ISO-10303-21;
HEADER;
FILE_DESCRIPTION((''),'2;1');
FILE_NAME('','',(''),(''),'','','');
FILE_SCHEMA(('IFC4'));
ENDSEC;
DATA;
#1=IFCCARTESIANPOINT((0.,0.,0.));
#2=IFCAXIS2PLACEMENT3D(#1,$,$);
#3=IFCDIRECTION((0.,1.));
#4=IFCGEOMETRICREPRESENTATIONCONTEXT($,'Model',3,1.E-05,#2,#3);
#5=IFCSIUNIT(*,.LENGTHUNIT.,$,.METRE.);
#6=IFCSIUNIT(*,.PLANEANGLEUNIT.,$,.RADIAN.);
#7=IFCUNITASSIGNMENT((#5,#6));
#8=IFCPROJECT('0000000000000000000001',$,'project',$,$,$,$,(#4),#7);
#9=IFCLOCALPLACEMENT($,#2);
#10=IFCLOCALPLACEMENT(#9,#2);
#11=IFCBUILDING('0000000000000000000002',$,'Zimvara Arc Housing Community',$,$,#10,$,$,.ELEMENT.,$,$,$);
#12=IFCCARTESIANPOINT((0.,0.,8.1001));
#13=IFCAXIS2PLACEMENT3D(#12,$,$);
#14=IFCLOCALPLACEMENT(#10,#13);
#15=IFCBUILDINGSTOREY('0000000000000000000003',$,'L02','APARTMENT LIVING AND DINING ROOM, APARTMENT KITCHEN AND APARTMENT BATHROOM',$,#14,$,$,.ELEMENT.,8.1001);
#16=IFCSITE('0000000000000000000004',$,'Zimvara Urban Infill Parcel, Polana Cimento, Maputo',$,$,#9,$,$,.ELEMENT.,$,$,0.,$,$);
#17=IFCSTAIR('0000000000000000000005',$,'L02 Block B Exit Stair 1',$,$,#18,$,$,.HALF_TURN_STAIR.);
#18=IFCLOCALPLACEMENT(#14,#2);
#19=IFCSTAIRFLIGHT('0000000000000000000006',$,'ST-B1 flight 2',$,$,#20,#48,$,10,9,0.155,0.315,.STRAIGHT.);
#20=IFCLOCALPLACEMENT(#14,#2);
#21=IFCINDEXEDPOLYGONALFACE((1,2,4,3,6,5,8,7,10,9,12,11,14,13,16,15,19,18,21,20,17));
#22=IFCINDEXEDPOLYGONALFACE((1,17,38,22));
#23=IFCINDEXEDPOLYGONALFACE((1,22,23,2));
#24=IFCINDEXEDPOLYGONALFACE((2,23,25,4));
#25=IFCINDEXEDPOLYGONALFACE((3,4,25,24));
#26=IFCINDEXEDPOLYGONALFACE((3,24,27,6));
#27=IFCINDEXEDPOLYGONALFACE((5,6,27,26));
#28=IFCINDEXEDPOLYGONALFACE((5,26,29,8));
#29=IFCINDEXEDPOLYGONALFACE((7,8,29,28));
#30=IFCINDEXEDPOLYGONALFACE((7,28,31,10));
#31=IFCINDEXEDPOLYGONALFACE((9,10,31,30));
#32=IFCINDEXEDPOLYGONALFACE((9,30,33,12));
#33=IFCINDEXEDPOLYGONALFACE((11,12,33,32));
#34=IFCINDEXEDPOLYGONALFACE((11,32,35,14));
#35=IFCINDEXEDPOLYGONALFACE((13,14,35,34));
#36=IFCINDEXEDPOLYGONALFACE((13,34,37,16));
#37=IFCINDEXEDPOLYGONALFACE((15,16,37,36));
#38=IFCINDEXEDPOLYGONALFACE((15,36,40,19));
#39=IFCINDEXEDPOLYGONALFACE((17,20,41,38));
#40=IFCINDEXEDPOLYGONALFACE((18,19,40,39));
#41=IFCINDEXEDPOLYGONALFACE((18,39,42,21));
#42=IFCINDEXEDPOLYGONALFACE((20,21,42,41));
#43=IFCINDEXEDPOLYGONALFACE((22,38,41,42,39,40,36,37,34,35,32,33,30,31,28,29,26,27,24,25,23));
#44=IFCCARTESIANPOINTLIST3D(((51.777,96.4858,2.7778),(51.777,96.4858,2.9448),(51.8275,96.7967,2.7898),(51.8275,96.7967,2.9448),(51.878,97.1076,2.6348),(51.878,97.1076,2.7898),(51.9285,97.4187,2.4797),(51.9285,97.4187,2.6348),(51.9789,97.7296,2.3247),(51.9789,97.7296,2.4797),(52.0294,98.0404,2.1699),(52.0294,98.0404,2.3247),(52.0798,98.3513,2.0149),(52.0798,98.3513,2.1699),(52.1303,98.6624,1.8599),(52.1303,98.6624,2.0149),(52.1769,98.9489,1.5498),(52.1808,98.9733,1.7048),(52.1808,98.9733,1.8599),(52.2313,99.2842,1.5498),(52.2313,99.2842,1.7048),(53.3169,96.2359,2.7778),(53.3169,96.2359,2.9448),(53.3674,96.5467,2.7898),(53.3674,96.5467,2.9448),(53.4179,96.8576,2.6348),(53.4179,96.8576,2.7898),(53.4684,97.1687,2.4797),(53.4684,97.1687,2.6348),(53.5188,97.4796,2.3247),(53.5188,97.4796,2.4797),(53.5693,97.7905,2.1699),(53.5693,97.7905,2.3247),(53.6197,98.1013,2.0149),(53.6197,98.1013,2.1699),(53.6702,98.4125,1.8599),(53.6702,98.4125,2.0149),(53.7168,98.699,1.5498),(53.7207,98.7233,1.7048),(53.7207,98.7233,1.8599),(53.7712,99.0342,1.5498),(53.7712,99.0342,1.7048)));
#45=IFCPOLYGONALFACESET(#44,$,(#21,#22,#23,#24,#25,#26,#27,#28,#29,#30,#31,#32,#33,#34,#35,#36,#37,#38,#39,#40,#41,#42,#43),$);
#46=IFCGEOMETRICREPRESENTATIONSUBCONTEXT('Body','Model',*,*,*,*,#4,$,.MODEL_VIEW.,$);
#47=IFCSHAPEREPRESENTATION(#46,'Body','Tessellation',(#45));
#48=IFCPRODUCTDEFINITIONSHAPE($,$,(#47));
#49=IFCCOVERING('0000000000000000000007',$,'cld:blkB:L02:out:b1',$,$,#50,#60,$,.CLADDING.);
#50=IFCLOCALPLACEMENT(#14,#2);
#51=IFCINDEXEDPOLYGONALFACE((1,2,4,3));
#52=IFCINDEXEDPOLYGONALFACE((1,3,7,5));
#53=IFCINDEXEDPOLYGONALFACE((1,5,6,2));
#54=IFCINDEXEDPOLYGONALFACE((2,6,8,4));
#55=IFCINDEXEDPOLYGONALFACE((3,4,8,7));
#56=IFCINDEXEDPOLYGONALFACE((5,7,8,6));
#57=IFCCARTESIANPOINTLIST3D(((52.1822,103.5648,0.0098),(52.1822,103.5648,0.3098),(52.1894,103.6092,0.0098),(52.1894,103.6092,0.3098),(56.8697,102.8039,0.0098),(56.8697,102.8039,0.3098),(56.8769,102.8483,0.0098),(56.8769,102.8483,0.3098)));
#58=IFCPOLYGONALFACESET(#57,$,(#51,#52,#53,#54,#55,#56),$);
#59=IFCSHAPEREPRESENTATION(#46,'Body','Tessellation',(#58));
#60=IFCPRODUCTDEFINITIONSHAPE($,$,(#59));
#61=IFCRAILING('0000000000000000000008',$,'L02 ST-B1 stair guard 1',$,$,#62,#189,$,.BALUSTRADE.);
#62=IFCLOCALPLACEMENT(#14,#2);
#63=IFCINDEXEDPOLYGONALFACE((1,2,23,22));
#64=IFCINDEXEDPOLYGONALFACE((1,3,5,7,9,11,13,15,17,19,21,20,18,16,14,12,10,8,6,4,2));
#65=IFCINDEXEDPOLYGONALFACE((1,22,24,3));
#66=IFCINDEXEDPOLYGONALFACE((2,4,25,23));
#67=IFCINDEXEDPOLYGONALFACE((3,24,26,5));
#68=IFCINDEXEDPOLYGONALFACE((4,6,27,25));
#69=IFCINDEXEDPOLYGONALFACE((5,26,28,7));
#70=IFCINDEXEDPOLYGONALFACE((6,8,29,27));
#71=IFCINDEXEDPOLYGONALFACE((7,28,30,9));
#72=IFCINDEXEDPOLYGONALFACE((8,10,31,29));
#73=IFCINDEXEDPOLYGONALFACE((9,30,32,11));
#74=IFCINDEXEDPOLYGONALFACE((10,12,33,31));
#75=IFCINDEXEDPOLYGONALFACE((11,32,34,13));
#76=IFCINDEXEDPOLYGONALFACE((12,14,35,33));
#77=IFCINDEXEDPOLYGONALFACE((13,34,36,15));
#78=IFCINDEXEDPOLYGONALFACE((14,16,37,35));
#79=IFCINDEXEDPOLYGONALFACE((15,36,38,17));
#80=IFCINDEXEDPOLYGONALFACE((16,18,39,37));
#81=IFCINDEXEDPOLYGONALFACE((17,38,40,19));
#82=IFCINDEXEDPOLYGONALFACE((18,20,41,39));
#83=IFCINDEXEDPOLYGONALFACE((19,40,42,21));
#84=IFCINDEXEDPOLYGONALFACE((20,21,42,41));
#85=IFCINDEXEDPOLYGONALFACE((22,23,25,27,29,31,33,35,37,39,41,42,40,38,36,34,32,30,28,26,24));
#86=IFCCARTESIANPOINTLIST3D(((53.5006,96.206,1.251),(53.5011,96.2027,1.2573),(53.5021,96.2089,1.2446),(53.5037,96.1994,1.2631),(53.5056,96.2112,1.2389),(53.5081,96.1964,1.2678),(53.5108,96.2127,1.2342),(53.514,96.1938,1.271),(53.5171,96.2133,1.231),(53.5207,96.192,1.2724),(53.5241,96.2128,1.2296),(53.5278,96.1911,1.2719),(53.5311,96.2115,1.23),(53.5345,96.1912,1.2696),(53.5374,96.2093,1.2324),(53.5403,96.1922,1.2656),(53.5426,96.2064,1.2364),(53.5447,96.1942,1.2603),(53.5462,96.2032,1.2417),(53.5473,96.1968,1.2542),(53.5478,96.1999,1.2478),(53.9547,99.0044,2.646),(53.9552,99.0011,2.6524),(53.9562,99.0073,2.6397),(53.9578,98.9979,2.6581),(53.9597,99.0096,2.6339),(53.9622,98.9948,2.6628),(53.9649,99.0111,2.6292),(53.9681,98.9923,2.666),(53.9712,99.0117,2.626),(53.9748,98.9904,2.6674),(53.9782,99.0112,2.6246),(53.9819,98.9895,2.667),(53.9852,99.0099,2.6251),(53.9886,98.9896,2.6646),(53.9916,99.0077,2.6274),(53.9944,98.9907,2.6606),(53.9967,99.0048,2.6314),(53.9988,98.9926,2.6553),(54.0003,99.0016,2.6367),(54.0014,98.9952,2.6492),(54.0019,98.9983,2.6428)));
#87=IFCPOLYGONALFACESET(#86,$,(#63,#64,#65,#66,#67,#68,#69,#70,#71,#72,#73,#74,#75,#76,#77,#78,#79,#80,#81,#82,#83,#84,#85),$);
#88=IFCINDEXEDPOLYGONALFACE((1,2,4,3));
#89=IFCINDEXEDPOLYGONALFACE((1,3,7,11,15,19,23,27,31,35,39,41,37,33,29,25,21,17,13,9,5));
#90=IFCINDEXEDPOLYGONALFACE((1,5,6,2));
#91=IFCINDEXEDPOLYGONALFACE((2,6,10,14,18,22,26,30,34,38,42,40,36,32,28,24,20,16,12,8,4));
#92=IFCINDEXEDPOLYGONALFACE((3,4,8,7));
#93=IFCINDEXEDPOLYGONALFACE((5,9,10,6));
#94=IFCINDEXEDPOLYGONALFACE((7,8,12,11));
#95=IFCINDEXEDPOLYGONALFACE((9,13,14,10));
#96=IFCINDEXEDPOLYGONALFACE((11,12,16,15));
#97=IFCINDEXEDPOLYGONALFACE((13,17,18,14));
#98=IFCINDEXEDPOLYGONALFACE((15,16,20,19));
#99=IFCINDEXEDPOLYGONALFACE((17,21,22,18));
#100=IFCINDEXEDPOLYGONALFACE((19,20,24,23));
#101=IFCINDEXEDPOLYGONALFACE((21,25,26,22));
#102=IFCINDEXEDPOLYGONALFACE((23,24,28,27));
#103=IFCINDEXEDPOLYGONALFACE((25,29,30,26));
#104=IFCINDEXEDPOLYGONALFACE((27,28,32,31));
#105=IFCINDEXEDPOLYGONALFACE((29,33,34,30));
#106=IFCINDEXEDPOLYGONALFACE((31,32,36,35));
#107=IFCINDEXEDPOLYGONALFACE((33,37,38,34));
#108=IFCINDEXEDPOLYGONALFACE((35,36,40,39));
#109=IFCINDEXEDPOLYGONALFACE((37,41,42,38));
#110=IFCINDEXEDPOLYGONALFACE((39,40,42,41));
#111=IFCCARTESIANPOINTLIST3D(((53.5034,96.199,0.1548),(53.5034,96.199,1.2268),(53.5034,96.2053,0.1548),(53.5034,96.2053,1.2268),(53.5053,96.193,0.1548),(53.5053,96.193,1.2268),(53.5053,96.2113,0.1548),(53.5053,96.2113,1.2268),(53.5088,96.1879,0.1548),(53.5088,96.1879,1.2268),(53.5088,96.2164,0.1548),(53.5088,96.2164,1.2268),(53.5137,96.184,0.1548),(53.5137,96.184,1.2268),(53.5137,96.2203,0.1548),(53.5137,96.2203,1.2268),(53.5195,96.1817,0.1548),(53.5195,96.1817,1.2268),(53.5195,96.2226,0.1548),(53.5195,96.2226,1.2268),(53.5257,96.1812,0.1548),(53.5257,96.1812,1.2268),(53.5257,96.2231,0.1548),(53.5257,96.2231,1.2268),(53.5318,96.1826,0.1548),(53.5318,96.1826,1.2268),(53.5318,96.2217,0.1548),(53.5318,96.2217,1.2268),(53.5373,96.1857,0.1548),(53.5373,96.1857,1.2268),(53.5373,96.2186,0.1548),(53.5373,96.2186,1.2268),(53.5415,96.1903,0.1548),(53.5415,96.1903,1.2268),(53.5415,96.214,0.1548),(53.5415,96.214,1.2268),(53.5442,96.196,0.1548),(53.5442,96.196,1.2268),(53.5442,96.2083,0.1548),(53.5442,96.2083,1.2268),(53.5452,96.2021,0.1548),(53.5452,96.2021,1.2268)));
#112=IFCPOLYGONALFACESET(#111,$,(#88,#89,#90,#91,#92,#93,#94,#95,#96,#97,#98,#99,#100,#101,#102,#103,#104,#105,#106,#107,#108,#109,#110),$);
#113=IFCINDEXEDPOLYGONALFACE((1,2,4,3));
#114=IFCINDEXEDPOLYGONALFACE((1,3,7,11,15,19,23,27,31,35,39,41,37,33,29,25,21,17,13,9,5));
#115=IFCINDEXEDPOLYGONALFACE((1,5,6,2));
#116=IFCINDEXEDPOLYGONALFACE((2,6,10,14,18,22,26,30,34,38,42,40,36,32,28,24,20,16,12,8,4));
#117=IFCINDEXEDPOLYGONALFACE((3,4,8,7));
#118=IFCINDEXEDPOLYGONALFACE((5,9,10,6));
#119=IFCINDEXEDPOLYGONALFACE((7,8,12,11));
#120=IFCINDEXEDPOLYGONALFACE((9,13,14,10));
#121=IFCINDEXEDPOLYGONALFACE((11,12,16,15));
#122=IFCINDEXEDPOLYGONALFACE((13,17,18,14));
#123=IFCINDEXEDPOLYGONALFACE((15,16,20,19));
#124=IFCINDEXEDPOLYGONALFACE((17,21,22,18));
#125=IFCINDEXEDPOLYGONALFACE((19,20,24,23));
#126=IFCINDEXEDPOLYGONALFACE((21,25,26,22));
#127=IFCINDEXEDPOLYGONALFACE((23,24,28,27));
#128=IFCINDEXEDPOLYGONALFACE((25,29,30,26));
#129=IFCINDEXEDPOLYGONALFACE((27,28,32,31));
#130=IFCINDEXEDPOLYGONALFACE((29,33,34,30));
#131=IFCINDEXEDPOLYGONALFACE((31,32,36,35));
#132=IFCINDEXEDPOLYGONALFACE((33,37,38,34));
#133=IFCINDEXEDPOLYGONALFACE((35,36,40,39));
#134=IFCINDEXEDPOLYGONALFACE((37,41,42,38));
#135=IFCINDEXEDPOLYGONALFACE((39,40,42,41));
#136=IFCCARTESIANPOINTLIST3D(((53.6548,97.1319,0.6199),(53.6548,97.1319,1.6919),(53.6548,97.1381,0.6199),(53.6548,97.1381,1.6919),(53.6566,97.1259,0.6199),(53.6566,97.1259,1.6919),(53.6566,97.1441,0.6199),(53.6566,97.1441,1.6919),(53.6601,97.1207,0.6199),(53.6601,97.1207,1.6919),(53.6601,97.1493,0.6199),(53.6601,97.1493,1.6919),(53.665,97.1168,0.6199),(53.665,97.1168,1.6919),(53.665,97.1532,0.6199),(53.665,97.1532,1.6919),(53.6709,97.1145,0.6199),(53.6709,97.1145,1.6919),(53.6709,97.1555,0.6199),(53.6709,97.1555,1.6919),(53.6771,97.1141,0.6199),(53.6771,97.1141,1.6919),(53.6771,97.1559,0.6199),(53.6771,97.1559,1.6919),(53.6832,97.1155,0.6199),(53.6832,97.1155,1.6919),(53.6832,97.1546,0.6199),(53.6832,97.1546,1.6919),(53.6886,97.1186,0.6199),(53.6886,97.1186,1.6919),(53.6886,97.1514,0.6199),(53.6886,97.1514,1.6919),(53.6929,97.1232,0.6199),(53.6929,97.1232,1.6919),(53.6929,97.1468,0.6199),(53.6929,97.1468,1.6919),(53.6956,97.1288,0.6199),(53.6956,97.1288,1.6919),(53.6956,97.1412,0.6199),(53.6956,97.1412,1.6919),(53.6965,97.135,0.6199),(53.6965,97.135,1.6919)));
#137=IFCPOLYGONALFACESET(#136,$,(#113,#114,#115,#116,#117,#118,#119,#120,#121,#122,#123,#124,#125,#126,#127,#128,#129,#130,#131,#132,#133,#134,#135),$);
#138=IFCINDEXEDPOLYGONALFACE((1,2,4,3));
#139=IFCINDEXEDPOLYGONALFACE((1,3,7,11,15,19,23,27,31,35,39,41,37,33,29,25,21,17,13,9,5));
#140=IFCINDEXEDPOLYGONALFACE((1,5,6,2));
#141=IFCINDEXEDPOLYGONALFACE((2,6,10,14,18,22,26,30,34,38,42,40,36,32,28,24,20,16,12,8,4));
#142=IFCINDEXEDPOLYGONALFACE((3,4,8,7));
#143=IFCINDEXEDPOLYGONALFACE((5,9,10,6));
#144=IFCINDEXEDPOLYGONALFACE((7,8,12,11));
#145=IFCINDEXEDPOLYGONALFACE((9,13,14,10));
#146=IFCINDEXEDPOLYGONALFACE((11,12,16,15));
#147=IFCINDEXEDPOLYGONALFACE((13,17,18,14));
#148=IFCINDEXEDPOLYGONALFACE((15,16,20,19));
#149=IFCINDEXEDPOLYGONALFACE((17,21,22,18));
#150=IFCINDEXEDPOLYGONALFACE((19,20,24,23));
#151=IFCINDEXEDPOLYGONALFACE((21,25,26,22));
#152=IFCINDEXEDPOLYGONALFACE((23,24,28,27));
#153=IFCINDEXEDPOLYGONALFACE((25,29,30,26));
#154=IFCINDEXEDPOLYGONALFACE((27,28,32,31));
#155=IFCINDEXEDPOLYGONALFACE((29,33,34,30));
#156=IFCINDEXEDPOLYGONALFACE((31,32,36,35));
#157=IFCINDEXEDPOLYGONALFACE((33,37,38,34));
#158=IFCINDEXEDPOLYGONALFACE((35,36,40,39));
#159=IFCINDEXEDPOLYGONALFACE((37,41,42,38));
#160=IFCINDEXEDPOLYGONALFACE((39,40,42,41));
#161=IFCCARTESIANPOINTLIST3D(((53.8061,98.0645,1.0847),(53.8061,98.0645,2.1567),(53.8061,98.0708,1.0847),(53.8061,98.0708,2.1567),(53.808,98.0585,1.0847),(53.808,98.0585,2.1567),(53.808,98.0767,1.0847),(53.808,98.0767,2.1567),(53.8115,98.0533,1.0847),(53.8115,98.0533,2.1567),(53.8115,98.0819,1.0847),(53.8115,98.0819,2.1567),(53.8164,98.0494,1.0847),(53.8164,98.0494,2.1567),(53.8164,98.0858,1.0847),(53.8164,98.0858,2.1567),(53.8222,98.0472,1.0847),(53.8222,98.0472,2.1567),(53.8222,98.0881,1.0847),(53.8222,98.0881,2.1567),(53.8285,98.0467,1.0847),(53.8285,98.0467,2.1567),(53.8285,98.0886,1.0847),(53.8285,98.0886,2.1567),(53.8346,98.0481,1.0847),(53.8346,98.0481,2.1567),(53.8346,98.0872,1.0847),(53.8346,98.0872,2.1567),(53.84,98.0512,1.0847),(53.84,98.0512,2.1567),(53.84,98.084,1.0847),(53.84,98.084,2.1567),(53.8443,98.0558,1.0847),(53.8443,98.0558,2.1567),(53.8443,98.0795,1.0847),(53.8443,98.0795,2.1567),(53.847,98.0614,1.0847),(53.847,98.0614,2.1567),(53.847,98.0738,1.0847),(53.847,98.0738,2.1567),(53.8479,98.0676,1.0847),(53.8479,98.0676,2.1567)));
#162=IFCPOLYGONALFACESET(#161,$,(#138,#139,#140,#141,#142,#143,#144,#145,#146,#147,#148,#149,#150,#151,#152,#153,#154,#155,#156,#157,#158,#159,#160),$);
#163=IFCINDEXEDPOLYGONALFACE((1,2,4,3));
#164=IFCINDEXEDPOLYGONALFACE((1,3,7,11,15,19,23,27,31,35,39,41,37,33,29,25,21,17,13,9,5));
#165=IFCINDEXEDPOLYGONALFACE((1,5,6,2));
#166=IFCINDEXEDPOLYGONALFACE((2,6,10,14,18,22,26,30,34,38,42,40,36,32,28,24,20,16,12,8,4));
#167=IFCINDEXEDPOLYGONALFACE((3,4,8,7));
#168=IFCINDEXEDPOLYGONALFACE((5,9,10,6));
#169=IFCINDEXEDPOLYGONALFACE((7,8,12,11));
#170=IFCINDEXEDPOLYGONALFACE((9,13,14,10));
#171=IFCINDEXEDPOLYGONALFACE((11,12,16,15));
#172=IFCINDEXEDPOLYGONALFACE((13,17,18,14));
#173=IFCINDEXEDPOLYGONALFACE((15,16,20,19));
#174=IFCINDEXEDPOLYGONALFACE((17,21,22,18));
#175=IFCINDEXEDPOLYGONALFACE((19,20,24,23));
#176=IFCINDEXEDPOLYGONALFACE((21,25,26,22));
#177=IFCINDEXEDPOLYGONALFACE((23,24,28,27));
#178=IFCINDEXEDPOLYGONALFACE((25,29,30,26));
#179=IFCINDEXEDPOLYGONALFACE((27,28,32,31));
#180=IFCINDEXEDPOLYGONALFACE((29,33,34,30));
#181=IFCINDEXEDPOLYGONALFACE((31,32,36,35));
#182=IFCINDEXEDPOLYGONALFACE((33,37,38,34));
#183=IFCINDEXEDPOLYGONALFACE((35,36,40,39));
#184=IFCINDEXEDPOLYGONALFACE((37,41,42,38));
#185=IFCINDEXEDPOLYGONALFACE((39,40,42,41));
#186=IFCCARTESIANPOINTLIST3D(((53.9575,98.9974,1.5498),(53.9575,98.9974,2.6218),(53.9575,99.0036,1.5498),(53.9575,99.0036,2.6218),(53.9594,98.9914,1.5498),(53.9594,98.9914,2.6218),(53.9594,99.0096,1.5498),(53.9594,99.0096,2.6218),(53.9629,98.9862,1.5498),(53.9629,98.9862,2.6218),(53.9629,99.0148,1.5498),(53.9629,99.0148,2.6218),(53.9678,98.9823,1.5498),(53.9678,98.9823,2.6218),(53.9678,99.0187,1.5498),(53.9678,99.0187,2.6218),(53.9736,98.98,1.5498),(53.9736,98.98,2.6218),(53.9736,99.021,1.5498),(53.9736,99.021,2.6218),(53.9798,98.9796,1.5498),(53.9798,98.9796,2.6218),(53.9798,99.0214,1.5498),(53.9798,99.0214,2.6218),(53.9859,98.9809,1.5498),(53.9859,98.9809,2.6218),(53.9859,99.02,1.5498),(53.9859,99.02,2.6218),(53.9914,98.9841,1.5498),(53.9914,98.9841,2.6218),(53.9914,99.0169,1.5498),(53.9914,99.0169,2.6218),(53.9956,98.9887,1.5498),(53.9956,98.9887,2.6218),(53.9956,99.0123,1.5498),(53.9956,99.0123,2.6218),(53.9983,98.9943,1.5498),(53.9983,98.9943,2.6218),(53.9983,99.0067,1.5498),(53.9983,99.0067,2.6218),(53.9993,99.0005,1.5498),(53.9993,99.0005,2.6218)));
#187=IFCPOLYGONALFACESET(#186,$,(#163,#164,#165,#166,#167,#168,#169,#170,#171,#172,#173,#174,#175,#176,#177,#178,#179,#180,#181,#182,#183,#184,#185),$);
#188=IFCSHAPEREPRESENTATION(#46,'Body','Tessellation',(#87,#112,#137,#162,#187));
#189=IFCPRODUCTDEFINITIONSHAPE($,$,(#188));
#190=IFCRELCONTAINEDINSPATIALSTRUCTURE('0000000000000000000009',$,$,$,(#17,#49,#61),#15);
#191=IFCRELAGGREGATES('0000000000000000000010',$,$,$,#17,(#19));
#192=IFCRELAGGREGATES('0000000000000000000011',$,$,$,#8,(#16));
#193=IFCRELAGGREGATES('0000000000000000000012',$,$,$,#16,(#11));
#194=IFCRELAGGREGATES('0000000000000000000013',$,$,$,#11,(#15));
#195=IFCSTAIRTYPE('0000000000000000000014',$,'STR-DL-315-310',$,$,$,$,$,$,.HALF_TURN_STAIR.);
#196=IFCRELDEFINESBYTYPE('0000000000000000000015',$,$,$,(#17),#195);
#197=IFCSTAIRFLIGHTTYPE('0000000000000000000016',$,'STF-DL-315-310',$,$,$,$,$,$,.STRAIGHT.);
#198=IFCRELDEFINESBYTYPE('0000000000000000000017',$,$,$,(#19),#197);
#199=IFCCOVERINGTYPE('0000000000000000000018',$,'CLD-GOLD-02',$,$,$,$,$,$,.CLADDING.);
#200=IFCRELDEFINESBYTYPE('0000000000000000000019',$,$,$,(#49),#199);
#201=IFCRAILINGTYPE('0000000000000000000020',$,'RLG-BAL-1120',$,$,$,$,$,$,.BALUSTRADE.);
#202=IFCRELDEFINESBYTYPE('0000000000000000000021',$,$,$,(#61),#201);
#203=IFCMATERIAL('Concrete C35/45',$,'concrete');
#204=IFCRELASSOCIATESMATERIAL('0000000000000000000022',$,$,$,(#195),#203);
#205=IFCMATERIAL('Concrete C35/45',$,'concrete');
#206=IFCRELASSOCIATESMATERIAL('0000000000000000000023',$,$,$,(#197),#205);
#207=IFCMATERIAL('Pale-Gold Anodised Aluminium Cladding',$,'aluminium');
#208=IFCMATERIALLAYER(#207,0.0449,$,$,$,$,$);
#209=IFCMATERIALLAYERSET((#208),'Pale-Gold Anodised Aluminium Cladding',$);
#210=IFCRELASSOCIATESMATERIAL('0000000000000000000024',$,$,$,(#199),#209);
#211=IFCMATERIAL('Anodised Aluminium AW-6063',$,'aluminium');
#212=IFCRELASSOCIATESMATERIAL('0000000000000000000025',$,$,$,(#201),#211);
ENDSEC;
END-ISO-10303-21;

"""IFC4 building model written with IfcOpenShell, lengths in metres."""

from ifc_helpers import new_model, si_unit, direction, frame, origin, origin_2d, place, context, subcontext, project, spatial, polyline, rectangle, circle, outline, extrude, material, layer, layer_set, type_object, element, aggregate, save


model = new_model("IFC4")

# Units and contexts
model_context = context("Model", 3, precision=1e-05, world=origin(), true_north=direction((0.0, 1.0)))
body_context = subcontext(model_context, "Body", "Model", "MODEL_VIEW")
ifc_project = project(units=[si_unit("LENGTHUNIT", "METRE"), si_unit("PLANEANGLEUNIT", "RADIAN")], contexts=[model_context])

# Site, building, storey
site_placement = place(None, origin())
site = spatial("IfcSite", under=ifc_project, at=site_placement, Name="Zimvara Urban Infill Parcel, Polana Cimento, Maputo", CompositionType="ELEMENT", RefElevation=0.0)
building_placement = place(site_placement, origin())
building = spatial("IfcBuilding", under=site, at=building_placement, Name="Zimvara Arc Housing Community", CompositionType="ELEMENT")
storey_placement = place(building_placement, frame((0.0, 0.0, 8.1001)))
storey = spatial("IfcBuildingStorey", under=building, at=storey_placement, Name="L02", Description="APARTMENT LIVING AND DINING ROOM, APARTMENT KITCHEN AND APARTMENT BATHROOM", CompositionType="ELEMENT", Elevation=8.1001)

# Stair, stair flight
ifc_material_1 = material(Name="Concrete C35/45", Category="concrete")
stair_type = type_object("IfcStairType", Name="STR-DL-315-310", PredefinedType="HALF_TURN_STAIR", material=ifc_material_1)
stair_placement = place(storey_placement, origin())
stair = element("IfcStair", 1, at=stair_placement, inside=storey, type_object=stair_type, Name="L02 Block B Exit Stair 1", PredefinedType="HALF_TURN_STAIR")
ifc_material_2 = material(Name="Concrete C35/45", Category="concrete")
stair_flight_type = type_object("IfcStairFlightType", Name="STF-DL-315-310", PredefinedType="STRAIGHT", material=ifc_material_2)
stair_flight_1_placement = place(storey_placement, frame((53.0012, 99.1592, 1.5498), z_axis=(0.0, 0.0, 1.0), x_axis=(-0.160226, -0.98708, 0.0)))
stair_flight_1 = element("IfcStairFlight", 2, at=stair_flight_1_placement, type_object=stair_flight_type, Name="ST-B1 flight 2", NumberOfRisers=10, NumberOfTreads=9, PredefinedType="STRAIGHT", RiserHeight=0.155, TreadLength=0.315, context=body_context, shape_type="SweptSolid", body=[
    extrude(outline(polyline([(0.0, 0.0), (0.0, 0.155), (0.3149, 0.155), (0.3149, 0.3101), (0.6299, 0.3101), (0.6299, 0.4651), (0.9451, 0.4651), (0.9451, 0.6201), (1.26, 0.6201), (1.26, 0.7749), (1.575, 0.7749), (1.575, 0.9299), (1.8899, 0.9299), (1.8899, 1.085), (2.2051, 1.085), (2.2051, 1.24), (2.52, 1.24), (2.52, 1.395), (2.835, 1.395), (2.835, 1.55), (2.835, 1.228), (0.3396, 0.0), (0.0, 0.0)])), frame((0.0, 0.78, 0.0), z_axis=(0.0, -1.0, 0.0), x_axis=(1.0, 0.0, 0.0)), (0.0, 0.0, 1.0), 1.5601),
])
aggregate(stair, [stair_flight_1])

# Covering
ifc_material_3 = material(Name="Pale-Gold Anodised Aluminium Cladding", Category="aluminium")
ifc_layer_1 = layer(ifc_material_3, 0.0449)
ifc_layer_set_1 = layer_set([ifc_layer_1], Name="Pale-Gold Anodised Aluminium Cladding")
covering_type = type_object("IfcCoveringType", Name="CLD-GOLD-02", PredefinedType="CLADDING", material=ifc_layer_set_1)
covering_placement = place(storey_placement, frame((54.5295, 103.2065, 0.0098), z_axis=(0.0, 0.0, 1.0), x_axis=(0.98708, -0.160226, 0.0)))
element("IfcCovering", 3, at=covering_placement, inside=storey, type_object=covering_type, Name="cld:blkB:L02:out:b1", PredefinedType="CLADDING", context=body_context, shape_type="SweptSolid", body=[
    extrude(rectangle(XDim=4.7488, YDim=0.0449, at=origin_2d()), origin(), (0.0, 0.0, 1.0), 0.3),
])

# Railing
ifc_material_4 = material(Name="Anodised Aluminium AW-6063", Category="aluminium")
railing_type_1 = type_object("IfcRailingType", Name="RLG-BAL-1120", PredefinedType="BALUSTRADE", material=ifc_material_4)
railing_1_placement = place(storey_placement, frame((53.5242, 96.2021, 0.1548)))
element("IfcRailing", 4, at=railing_1_placement, inside=storey, type_object=railing_type_1, Name="L02 ST-B1 stair guard 1", PredefinedType="BALUSTRADE", context=body_context, shape_type="SweptSolid", body=[
    extrude(circle(Radius=0.0239, at=origin_2d()), frame((0.0, 0.0, 1.0962), z_axis=(0.143722, 0.885666, 0.44152), x_axis=(-0.987088, 0.16018, 0.0)), (0.0, 0.0, 1.0), 3.1597),
    extrude(circle(Radius=0.021, at=origin_2d()), origin(), (0.0, 0.0, 1.0), 1.072),
    extrude(circle(Radius=0.021, at=origin_2d()), frame((0.1514, 0.9329, 0.4651)), (0.0, 0.0, 1.0), 1.072),
    extrude(circle(Radius=0.021, at=origin_2d()), frame((0.3027, 1.8655, 0.9299)), (0.0, 0.0, 1.0), 1.072),
    extrude(circle(Radius=0.021, at=origin_2d()), frame((0.4541, 2.7983, 1.395)), (0.0, 0.0, 1.0), 1.072),
])

save(model, "model.ifc")
